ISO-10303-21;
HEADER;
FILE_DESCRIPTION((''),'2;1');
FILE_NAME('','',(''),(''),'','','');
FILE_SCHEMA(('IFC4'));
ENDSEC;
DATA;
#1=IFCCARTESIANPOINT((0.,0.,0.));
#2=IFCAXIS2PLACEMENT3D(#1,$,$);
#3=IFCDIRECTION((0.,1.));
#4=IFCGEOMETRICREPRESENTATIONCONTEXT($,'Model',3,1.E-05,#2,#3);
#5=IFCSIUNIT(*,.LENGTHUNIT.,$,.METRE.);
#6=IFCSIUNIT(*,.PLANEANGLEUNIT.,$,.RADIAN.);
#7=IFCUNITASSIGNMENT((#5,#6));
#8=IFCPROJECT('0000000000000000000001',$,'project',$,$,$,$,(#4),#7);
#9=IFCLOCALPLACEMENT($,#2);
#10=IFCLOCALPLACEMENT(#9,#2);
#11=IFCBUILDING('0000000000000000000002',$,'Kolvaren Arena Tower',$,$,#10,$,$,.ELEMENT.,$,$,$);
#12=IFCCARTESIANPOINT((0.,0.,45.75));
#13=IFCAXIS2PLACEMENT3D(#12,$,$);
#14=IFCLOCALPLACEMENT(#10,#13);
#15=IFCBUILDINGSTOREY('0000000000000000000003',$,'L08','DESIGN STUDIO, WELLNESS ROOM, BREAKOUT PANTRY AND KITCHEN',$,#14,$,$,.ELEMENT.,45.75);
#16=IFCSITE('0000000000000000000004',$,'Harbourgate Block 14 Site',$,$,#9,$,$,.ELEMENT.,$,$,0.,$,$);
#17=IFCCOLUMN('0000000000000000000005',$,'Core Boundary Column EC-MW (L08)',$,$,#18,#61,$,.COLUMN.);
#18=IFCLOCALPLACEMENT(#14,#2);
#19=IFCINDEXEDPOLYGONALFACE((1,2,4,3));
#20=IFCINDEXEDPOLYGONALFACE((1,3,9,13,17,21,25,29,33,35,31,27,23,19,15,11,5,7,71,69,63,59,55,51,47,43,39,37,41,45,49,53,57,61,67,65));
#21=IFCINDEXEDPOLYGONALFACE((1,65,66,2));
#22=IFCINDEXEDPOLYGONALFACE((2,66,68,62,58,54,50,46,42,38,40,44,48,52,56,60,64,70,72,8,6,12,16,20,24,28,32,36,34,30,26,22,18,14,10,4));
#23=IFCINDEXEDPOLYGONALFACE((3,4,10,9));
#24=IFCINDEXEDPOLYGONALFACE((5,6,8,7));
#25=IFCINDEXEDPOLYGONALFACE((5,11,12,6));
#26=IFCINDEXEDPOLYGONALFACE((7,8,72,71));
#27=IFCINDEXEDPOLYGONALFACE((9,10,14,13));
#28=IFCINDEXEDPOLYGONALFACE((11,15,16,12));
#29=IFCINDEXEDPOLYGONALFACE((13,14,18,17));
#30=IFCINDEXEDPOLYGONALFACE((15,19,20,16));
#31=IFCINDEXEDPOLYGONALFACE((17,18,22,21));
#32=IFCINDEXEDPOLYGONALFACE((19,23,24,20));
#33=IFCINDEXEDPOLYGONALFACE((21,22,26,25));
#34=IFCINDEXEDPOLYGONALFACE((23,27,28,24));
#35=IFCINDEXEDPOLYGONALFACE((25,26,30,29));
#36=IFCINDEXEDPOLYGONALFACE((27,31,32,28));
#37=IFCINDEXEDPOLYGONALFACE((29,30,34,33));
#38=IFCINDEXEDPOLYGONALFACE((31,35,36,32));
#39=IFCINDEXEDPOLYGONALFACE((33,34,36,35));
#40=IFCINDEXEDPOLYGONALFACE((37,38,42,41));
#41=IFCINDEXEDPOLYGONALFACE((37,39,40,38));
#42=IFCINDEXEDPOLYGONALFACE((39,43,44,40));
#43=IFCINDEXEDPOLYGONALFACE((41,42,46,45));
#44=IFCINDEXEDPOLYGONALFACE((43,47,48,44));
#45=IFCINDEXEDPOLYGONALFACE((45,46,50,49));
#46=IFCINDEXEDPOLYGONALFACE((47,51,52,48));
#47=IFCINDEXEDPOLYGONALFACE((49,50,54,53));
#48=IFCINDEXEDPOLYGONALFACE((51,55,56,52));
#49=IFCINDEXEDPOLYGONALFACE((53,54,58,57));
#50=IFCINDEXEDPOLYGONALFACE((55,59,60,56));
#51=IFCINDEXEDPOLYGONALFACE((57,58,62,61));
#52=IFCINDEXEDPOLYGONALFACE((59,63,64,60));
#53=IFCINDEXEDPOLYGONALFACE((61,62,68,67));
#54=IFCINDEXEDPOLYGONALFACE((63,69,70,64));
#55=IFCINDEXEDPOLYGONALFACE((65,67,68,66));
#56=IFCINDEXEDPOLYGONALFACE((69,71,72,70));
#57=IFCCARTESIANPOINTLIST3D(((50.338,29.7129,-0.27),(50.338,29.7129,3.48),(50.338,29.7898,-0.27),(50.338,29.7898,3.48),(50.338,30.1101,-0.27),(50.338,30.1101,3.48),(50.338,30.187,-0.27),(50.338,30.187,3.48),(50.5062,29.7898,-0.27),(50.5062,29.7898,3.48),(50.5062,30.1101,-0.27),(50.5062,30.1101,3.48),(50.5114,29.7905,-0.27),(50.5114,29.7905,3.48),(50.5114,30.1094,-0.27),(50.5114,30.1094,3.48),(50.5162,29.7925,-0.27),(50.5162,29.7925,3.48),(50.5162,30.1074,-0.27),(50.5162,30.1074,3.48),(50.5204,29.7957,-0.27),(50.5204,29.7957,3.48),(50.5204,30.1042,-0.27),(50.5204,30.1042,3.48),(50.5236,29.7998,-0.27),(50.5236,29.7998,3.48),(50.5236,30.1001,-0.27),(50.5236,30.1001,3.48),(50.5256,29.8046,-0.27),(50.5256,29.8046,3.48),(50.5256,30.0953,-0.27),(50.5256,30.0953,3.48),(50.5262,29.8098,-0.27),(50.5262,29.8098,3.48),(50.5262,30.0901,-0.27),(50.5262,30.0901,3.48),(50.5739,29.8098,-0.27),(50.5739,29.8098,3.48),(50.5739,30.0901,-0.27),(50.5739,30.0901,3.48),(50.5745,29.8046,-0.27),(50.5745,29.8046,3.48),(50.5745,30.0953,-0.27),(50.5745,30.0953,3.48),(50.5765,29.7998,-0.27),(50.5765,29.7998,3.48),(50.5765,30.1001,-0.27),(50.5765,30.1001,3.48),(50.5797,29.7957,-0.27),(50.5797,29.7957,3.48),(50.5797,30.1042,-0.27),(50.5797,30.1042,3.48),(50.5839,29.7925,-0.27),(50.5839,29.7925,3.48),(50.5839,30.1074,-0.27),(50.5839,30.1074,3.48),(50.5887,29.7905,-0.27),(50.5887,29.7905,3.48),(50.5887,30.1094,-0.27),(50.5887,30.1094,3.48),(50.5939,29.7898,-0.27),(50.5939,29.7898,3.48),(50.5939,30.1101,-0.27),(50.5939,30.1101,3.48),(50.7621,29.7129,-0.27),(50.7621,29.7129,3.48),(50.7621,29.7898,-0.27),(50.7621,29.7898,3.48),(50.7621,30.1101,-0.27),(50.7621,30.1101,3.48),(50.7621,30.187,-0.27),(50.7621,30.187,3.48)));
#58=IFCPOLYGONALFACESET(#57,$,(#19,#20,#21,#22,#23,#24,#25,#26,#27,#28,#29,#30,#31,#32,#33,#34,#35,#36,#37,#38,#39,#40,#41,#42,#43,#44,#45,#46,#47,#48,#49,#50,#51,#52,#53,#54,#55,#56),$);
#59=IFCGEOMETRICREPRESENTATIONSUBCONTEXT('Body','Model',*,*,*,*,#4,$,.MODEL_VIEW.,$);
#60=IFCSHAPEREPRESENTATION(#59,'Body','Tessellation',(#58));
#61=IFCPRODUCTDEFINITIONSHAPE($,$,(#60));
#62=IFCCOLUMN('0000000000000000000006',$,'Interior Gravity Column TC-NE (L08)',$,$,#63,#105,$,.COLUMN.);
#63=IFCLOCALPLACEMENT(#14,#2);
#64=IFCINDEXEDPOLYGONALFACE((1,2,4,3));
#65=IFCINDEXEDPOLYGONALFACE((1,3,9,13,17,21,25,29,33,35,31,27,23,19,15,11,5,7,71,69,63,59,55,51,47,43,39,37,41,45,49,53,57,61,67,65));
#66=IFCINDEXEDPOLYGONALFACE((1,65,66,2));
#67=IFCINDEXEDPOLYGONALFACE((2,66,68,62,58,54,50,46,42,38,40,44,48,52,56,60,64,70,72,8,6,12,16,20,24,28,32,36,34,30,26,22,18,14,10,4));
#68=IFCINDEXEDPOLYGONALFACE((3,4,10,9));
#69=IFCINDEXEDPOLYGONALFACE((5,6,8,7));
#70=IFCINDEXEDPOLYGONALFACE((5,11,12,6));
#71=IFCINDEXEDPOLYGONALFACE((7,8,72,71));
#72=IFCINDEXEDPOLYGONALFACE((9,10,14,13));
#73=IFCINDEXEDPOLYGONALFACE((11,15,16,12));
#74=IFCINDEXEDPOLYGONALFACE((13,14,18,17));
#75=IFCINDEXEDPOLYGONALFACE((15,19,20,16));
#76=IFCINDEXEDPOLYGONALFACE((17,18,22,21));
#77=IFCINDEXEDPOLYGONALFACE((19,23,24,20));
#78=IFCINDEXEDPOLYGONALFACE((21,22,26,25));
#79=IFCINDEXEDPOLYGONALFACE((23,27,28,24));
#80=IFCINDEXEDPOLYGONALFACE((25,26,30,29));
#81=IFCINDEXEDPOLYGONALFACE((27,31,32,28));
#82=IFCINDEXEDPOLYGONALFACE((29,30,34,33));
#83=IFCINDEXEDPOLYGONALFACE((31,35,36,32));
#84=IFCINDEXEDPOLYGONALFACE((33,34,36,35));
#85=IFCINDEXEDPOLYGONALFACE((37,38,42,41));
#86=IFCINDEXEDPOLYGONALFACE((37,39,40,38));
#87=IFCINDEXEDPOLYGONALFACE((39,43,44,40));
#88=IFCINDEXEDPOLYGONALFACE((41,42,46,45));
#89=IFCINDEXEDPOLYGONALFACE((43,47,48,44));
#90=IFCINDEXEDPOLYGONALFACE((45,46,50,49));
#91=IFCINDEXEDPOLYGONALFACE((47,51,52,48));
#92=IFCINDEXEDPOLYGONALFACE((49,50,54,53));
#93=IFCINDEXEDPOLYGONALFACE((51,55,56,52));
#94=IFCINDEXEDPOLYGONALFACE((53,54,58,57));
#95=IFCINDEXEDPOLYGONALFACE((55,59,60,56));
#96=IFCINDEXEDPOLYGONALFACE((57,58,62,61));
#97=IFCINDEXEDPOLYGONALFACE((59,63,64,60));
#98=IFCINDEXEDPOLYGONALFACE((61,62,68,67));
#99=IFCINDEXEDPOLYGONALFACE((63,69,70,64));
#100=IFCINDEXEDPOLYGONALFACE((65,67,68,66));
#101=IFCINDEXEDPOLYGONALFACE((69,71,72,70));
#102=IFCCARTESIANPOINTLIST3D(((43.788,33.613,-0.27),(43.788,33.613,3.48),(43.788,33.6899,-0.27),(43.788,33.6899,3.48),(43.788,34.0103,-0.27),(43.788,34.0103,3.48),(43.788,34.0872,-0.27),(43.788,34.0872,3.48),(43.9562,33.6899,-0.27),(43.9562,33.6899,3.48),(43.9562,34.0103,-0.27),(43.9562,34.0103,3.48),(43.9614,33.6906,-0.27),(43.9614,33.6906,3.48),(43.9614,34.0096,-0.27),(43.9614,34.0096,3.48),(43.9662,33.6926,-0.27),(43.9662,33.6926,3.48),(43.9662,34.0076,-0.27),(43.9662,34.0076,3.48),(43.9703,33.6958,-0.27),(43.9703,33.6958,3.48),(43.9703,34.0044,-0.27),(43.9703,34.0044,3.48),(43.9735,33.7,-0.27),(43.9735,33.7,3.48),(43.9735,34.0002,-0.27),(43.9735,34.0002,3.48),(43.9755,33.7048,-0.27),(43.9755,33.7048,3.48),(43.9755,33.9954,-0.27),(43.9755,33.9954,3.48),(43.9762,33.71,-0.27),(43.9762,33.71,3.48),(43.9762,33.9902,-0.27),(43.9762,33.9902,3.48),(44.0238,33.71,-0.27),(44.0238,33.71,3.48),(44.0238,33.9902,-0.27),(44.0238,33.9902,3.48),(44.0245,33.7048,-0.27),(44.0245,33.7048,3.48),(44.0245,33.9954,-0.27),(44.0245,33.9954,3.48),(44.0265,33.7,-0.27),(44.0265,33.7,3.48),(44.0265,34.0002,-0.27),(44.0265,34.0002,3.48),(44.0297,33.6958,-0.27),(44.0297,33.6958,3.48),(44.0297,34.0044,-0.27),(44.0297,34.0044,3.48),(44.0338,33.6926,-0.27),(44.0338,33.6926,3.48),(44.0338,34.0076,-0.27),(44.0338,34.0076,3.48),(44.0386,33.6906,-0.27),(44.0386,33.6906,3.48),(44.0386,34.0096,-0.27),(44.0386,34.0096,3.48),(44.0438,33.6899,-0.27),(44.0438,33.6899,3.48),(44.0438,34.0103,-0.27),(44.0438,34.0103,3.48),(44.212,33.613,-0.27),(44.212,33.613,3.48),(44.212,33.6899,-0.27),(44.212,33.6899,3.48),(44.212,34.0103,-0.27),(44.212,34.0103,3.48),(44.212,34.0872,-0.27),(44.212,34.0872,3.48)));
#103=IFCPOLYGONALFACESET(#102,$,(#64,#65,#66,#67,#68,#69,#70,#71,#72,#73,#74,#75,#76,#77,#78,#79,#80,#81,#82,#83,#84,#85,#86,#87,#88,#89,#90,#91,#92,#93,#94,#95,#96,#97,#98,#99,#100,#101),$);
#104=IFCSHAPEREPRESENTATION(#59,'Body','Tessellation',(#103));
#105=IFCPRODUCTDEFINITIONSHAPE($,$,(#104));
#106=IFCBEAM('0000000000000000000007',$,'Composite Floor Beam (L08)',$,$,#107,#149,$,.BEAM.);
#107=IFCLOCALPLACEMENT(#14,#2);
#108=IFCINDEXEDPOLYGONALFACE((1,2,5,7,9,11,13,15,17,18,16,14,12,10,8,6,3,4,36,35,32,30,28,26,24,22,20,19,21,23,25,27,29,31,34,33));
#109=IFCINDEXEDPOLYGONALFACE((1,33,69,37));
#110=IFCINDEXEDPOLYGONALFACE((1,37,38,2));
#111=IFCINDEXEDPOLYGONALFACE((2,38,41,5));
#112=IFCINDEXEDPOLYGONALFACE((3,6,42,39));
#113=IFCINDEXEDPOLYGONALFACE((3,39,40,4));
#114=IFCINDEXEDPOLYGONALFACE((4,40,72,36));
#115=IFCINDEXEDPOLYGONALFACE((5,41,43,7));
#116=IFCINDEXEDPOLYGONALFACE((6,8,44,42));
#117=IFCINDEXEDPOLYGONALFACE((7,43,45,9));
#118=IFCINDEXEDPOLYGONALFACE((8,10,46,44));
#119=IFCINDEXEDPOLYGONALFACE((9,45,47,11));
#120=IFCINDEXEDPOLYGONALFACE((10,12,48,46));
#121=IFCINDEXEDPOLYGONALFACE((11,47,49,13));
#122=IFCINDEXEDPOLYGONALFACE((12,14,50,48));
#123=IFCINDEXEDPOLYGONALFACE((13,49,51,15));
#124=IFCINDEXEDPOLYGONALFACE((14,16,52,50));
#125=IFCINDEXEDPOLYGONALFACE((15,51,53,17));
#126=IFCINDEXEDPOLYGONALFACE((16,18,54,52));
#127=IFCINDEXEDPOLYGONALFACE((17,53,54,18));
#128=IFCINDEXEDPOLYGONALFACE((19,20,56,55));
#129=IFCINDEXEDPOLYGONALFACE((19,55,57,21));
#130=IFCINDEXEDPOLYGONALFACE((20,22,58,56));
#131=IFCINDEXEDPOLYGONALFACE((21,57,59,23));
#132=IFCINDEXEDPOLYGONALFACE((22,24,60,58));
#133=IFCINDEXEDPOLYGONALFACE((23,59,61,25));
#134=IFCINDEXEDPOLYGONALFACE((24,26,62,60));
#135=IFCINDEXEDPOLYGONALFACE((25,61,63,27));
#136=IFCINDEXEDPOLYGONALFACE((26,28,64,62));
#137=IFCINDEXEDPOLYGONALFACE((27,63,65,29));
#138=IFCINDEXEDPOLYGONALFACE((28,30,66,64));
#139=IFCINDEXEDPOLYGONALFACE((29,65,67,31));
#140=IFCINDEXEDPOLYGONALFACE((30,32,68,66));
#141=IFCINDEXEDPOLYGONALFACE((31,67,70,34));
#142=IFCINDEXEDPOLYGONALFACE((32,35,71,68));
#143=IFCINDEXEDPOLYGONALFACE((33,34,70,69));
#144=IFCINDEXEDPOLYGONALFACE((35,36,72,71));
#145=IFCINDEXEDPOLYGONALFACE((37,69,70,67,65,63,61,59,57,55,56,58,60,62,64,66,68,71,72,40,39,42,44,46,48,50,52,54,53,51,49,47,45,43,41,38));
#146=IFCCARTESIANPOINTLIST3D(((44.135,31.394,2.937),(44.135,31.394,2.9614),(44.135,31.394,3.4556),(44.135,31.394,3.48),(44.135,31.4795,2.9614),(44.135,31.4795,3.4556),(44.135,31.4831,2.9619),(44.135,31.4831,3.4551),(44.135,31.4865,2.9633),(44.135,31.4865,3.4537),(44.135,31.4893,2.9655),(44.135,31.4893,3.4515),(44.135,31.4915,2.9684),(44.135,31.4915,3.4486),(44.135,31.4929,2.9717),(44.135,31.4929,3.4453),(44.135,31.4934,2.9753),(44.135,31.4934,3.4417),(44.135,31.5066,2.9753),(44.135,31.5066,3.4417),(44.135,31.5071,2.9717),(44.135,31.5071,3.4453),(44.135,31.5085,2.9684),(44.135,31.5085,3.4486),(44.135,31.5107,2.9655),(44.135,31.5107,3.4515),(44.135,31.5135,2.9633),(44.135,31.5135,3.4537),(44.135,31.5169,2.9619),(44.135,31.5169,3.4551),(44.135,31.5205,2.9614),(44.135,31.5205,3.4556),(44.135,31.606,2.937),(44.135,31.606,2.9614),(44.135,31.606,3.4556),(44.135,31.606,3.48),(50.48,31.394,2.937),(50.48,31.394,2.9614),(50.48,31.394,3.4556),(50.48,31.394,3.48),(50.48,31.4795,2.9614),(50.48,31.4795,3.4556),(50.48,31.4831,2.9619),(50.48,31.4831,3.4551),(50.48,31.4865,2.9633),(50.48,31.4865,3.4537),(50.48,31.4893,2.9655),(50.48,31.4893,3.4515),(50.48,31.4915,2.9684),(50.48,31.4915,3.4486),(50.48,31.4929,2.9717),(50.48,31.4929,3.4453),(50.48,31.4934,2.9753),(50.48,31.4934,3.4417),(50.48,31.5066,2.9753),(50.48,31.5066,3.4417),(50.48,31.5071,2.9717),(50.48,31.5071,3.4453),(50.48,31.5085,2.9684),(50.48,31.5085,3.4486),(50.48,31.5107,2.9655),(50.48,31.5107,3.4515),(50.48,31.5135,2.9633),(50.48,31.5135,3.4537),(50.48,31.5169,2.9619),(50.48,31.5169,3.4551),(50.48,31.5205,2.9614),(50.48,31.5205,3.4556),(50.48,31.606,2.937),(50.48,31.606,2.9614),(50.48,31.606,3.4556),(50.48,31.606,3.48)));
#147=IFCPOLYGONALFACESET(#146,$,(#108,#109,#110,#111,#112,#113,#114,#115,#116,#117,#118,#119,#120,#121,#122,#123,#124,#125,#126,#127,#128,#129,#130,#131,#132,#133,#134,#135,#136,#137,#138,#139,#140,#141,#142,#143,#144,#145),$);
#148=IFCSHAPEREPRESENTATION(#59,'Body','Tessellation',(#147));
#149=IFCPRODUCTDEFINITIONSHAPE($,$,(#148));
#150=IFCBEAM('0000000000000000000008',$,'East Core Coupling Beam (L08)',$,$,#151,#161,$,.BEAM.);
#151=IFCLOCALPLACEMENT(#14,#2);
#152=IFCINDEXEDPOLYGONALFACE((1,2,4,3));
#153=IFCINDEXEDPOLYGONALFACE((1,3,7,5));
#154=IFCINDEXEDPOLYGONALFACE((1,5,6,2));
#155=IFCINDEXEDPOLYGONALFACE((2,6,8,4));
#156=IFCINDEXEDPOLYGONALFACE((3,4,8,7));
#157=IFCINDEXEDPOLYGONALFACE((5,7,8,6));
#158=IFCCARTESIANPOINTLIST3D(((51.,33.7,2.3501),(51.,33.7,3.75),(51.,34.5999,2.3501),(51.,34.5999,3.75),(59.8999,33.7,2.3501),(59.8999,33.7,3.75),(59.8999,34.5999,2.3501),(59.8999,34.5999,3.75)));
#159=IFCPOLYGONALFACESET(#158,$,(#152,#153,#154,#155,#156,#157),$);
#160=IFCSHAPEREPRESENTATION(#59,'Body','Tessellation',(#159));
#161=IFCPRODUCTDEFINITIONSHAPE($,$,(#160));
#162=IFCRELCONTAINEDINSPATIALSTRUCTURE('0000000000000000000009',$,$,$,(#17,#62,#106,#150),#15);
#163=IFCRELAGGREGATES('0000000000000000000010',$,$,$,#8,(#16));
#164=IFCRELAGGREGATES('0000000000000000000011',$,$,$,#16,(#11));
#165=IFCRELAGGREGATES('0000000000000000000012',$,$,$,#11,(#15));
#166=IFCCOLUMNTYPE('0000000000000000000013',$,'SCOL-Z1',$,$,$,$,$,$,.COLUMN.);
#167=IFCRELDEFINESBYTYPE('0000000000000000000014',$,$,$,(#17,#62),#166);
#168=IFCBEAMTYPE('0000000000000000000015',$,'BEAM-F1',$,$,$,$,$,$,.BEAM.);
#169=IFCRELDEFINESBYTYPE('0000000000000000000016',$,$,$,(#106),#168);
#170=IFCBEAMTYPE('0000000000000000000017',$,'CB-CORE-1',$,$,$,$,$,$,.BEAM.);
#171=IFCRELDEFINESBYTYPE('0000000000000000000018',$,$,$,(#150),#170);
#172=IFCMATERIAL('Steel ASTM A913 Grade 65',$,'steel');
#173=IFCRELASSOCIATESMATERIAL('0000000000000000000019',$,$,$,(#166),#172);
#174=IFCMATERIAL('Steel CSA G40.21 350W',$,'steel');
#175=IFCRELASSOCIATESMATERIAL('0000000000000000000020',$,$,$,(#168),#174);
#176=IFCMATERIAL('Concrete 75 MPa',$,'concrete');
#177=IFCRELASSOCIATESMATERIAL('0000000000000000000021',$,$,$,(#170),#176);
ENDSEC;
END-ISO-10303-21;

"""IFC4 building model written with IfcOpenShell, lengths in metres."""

from ifc_helpers import new_model, si_unit, direction, frame, origin, origin_2d, place, context, subcontext, project, spatial, rectangle, i_section, extrude, material, material_profile, profile_set, type_object, element, save


model = new_model("IFC4")

# Units and contexts
model_context = context("Model", 3, precision=1e-05, world=origin(), true_north=direction((0.0, 1.0)))
body_context = subcontext(model_context, "Body", "Model", "MODEL_VIEW")
ifc_project = project(units=[si_unit("LENGTHUNIT", "METRE"), si_unit("PLANEANGLEUNIT", "RADIAN")], contexts=[model_context])

# Site, building, storey
site_placement = place(None, origin())
site = spatial("IfcSite", under=ifc_project, at=site_placement, Name="Harbourgate Block 14 Site", CompositionType="ELEMENT", RefElevation=0.0)
building_placement = place(site_placement, origin())
building = spatial("IfcBuilding", under=site, at=building_placement, Name="Kolvaren Arena Tower", CompositionType="ELEMENT")
storey_placement = place(building_placement, frame((0.0, 0.0, 45.75)))
storey = spatial("IfcBuildingStorey", under=building, at=storey_placement, Name="L08", Description="DESIGN STUDIO, WELLNESS ROOM, BREAKOUT PANTRY AND KITCHEN", CompositionType="ELEMENT", Elevation=45.75)

# Columns
ifc_material_1 = material(Name="Steel ASTM A913 Grade 65", Category="steel")
ifc_material_profile_1 = material_profile(ifc_material_1, i_section(OverallWidth=0.4241, OverallDepth=0.4741, WebThickness=0.0476, FlangeThickness=0.0769, FilletRadius=0.02, at=origin_2d()), Name="W360x634")
ifc_profile_set_1 = profile_set([ifc_material_profile_1], Name="Steel ASTM A913 Grade 65")
column_type = type_object("IfcColumnType", Name="SCOL-Z1", PredefinedType="COLUMN", material=ifc_profile_set_1)
for number, where, z_axis, x_axis, name in (
    (1, (50.55, 29.95, -0.27), (0.0, 0.0, 1.0), (1.0, 0.0, 0.0), "Core Boundary Column EC-MW (L08)"),
    (2, (44.0, 33.8501, -0.27), (0.0, 0.0, 1.0), (1.0, 0.0, 0.0), "Interior Gravity Column TC-NE (L08)"),
):
    element("IfcColumn", number, at=place(storey_placement, frame(where, z_axis=z_axis, x_axis=x_axis)), inside=storey, type_object=column_type, Name=name, PredefinedType="COLUMN", context=body_context, shape_type="SweptSolid", body=[
        extrude(i_section(OverallWidth=0.4241, OverallDepth=0.4741, WebThickness=0.0476, FlangeThickness=0.0769, FilletRadius=0.02, at=origin_2d()), origin(), (0.0, 0.0, 1.0), 3.75),
    ])

# Beams
ifc_material_2 = material(Name="Steel CSA G40.21 350W", Category="steel")
ifc_material_profile_2 = material_profile(ifc_material_2, i_section(OverallWidth=0.2119, OverallDepth=0.543, WebThickness=0.0132, FlangeThickness=0.0244, FilletRadius=0.0139, at=origin_2d()), Name="W530x150")
ifc_profile_set_2 = profile_set([ifc_material_profile_2], Name="Steel CSA G40.21 350W")
beam_type_1 = type_object("IfcBeamType", Name="BEAM-F1", PredefinedType="BEAM", material=ifc_profile_set_2)
beam_1_placement = place(storey_placement, frame((44.135, 31.5, 3.2085), z_axis=(1.0, 0.0, 0.0), x_axis=(0.0, 1.0, 0.0)))
element("IfcBeam", 3, at=beam_1_placement, inside=storey, type_object=beam_type_1, Name="Composite Floor Beam (L08)", PredefinedType="BEAM", context=body_context, shape_type="SweptSolid", body=[
    extrude(i_section(OverallWidth=0.2119, OverallDepth=0.543, WebThickness=0.0132, FlangeThickness=0.0244, FilletRadius=0.0139, at=origin_2d()), origin(), (0.0, 0.0, 1.0), 6.345),
])
ifc_material_3 = material(Name="Concrete 75 MPa", Category="concrete")
ifc_material_profile_3 = material_profile(ifc_material_3, rectangle(XDim=0.8999, YDim=1.3999, at=origin_2d()), Name="RC-900x1400")
ifc_profile_set_3 = profile_set([ifc_material_profile_3], Name="Concrete 75 MPa")
beam_type_2 = type_object("IfcBeamType", Name="CB-CORE-1", PredefinedType="BEAM", material=ifc_profile_set_3)
beam_2_placement = place(storey_placement, frame((51.0, 34.1499, 3.05), z_axis=(1.0, 0.0, 0.0), x_axis=(0.0, 1.0, 0.0)))
element("IfcBeam", 4, at=beam_2_placement, inside=storey, type_object=beam_type_2, Name="East Core Coupling Beam (L08)", PredefinedType="BEAM", context=body_context, shape_type="SweptSolid", body=[
    extrude(rectangle(XDim=0.8999, YDim=1.3999, at=origin_2d()), origin(), (0.0, 0.0, 1.0), 8.8999),
])

save(model, "model.ifc")
